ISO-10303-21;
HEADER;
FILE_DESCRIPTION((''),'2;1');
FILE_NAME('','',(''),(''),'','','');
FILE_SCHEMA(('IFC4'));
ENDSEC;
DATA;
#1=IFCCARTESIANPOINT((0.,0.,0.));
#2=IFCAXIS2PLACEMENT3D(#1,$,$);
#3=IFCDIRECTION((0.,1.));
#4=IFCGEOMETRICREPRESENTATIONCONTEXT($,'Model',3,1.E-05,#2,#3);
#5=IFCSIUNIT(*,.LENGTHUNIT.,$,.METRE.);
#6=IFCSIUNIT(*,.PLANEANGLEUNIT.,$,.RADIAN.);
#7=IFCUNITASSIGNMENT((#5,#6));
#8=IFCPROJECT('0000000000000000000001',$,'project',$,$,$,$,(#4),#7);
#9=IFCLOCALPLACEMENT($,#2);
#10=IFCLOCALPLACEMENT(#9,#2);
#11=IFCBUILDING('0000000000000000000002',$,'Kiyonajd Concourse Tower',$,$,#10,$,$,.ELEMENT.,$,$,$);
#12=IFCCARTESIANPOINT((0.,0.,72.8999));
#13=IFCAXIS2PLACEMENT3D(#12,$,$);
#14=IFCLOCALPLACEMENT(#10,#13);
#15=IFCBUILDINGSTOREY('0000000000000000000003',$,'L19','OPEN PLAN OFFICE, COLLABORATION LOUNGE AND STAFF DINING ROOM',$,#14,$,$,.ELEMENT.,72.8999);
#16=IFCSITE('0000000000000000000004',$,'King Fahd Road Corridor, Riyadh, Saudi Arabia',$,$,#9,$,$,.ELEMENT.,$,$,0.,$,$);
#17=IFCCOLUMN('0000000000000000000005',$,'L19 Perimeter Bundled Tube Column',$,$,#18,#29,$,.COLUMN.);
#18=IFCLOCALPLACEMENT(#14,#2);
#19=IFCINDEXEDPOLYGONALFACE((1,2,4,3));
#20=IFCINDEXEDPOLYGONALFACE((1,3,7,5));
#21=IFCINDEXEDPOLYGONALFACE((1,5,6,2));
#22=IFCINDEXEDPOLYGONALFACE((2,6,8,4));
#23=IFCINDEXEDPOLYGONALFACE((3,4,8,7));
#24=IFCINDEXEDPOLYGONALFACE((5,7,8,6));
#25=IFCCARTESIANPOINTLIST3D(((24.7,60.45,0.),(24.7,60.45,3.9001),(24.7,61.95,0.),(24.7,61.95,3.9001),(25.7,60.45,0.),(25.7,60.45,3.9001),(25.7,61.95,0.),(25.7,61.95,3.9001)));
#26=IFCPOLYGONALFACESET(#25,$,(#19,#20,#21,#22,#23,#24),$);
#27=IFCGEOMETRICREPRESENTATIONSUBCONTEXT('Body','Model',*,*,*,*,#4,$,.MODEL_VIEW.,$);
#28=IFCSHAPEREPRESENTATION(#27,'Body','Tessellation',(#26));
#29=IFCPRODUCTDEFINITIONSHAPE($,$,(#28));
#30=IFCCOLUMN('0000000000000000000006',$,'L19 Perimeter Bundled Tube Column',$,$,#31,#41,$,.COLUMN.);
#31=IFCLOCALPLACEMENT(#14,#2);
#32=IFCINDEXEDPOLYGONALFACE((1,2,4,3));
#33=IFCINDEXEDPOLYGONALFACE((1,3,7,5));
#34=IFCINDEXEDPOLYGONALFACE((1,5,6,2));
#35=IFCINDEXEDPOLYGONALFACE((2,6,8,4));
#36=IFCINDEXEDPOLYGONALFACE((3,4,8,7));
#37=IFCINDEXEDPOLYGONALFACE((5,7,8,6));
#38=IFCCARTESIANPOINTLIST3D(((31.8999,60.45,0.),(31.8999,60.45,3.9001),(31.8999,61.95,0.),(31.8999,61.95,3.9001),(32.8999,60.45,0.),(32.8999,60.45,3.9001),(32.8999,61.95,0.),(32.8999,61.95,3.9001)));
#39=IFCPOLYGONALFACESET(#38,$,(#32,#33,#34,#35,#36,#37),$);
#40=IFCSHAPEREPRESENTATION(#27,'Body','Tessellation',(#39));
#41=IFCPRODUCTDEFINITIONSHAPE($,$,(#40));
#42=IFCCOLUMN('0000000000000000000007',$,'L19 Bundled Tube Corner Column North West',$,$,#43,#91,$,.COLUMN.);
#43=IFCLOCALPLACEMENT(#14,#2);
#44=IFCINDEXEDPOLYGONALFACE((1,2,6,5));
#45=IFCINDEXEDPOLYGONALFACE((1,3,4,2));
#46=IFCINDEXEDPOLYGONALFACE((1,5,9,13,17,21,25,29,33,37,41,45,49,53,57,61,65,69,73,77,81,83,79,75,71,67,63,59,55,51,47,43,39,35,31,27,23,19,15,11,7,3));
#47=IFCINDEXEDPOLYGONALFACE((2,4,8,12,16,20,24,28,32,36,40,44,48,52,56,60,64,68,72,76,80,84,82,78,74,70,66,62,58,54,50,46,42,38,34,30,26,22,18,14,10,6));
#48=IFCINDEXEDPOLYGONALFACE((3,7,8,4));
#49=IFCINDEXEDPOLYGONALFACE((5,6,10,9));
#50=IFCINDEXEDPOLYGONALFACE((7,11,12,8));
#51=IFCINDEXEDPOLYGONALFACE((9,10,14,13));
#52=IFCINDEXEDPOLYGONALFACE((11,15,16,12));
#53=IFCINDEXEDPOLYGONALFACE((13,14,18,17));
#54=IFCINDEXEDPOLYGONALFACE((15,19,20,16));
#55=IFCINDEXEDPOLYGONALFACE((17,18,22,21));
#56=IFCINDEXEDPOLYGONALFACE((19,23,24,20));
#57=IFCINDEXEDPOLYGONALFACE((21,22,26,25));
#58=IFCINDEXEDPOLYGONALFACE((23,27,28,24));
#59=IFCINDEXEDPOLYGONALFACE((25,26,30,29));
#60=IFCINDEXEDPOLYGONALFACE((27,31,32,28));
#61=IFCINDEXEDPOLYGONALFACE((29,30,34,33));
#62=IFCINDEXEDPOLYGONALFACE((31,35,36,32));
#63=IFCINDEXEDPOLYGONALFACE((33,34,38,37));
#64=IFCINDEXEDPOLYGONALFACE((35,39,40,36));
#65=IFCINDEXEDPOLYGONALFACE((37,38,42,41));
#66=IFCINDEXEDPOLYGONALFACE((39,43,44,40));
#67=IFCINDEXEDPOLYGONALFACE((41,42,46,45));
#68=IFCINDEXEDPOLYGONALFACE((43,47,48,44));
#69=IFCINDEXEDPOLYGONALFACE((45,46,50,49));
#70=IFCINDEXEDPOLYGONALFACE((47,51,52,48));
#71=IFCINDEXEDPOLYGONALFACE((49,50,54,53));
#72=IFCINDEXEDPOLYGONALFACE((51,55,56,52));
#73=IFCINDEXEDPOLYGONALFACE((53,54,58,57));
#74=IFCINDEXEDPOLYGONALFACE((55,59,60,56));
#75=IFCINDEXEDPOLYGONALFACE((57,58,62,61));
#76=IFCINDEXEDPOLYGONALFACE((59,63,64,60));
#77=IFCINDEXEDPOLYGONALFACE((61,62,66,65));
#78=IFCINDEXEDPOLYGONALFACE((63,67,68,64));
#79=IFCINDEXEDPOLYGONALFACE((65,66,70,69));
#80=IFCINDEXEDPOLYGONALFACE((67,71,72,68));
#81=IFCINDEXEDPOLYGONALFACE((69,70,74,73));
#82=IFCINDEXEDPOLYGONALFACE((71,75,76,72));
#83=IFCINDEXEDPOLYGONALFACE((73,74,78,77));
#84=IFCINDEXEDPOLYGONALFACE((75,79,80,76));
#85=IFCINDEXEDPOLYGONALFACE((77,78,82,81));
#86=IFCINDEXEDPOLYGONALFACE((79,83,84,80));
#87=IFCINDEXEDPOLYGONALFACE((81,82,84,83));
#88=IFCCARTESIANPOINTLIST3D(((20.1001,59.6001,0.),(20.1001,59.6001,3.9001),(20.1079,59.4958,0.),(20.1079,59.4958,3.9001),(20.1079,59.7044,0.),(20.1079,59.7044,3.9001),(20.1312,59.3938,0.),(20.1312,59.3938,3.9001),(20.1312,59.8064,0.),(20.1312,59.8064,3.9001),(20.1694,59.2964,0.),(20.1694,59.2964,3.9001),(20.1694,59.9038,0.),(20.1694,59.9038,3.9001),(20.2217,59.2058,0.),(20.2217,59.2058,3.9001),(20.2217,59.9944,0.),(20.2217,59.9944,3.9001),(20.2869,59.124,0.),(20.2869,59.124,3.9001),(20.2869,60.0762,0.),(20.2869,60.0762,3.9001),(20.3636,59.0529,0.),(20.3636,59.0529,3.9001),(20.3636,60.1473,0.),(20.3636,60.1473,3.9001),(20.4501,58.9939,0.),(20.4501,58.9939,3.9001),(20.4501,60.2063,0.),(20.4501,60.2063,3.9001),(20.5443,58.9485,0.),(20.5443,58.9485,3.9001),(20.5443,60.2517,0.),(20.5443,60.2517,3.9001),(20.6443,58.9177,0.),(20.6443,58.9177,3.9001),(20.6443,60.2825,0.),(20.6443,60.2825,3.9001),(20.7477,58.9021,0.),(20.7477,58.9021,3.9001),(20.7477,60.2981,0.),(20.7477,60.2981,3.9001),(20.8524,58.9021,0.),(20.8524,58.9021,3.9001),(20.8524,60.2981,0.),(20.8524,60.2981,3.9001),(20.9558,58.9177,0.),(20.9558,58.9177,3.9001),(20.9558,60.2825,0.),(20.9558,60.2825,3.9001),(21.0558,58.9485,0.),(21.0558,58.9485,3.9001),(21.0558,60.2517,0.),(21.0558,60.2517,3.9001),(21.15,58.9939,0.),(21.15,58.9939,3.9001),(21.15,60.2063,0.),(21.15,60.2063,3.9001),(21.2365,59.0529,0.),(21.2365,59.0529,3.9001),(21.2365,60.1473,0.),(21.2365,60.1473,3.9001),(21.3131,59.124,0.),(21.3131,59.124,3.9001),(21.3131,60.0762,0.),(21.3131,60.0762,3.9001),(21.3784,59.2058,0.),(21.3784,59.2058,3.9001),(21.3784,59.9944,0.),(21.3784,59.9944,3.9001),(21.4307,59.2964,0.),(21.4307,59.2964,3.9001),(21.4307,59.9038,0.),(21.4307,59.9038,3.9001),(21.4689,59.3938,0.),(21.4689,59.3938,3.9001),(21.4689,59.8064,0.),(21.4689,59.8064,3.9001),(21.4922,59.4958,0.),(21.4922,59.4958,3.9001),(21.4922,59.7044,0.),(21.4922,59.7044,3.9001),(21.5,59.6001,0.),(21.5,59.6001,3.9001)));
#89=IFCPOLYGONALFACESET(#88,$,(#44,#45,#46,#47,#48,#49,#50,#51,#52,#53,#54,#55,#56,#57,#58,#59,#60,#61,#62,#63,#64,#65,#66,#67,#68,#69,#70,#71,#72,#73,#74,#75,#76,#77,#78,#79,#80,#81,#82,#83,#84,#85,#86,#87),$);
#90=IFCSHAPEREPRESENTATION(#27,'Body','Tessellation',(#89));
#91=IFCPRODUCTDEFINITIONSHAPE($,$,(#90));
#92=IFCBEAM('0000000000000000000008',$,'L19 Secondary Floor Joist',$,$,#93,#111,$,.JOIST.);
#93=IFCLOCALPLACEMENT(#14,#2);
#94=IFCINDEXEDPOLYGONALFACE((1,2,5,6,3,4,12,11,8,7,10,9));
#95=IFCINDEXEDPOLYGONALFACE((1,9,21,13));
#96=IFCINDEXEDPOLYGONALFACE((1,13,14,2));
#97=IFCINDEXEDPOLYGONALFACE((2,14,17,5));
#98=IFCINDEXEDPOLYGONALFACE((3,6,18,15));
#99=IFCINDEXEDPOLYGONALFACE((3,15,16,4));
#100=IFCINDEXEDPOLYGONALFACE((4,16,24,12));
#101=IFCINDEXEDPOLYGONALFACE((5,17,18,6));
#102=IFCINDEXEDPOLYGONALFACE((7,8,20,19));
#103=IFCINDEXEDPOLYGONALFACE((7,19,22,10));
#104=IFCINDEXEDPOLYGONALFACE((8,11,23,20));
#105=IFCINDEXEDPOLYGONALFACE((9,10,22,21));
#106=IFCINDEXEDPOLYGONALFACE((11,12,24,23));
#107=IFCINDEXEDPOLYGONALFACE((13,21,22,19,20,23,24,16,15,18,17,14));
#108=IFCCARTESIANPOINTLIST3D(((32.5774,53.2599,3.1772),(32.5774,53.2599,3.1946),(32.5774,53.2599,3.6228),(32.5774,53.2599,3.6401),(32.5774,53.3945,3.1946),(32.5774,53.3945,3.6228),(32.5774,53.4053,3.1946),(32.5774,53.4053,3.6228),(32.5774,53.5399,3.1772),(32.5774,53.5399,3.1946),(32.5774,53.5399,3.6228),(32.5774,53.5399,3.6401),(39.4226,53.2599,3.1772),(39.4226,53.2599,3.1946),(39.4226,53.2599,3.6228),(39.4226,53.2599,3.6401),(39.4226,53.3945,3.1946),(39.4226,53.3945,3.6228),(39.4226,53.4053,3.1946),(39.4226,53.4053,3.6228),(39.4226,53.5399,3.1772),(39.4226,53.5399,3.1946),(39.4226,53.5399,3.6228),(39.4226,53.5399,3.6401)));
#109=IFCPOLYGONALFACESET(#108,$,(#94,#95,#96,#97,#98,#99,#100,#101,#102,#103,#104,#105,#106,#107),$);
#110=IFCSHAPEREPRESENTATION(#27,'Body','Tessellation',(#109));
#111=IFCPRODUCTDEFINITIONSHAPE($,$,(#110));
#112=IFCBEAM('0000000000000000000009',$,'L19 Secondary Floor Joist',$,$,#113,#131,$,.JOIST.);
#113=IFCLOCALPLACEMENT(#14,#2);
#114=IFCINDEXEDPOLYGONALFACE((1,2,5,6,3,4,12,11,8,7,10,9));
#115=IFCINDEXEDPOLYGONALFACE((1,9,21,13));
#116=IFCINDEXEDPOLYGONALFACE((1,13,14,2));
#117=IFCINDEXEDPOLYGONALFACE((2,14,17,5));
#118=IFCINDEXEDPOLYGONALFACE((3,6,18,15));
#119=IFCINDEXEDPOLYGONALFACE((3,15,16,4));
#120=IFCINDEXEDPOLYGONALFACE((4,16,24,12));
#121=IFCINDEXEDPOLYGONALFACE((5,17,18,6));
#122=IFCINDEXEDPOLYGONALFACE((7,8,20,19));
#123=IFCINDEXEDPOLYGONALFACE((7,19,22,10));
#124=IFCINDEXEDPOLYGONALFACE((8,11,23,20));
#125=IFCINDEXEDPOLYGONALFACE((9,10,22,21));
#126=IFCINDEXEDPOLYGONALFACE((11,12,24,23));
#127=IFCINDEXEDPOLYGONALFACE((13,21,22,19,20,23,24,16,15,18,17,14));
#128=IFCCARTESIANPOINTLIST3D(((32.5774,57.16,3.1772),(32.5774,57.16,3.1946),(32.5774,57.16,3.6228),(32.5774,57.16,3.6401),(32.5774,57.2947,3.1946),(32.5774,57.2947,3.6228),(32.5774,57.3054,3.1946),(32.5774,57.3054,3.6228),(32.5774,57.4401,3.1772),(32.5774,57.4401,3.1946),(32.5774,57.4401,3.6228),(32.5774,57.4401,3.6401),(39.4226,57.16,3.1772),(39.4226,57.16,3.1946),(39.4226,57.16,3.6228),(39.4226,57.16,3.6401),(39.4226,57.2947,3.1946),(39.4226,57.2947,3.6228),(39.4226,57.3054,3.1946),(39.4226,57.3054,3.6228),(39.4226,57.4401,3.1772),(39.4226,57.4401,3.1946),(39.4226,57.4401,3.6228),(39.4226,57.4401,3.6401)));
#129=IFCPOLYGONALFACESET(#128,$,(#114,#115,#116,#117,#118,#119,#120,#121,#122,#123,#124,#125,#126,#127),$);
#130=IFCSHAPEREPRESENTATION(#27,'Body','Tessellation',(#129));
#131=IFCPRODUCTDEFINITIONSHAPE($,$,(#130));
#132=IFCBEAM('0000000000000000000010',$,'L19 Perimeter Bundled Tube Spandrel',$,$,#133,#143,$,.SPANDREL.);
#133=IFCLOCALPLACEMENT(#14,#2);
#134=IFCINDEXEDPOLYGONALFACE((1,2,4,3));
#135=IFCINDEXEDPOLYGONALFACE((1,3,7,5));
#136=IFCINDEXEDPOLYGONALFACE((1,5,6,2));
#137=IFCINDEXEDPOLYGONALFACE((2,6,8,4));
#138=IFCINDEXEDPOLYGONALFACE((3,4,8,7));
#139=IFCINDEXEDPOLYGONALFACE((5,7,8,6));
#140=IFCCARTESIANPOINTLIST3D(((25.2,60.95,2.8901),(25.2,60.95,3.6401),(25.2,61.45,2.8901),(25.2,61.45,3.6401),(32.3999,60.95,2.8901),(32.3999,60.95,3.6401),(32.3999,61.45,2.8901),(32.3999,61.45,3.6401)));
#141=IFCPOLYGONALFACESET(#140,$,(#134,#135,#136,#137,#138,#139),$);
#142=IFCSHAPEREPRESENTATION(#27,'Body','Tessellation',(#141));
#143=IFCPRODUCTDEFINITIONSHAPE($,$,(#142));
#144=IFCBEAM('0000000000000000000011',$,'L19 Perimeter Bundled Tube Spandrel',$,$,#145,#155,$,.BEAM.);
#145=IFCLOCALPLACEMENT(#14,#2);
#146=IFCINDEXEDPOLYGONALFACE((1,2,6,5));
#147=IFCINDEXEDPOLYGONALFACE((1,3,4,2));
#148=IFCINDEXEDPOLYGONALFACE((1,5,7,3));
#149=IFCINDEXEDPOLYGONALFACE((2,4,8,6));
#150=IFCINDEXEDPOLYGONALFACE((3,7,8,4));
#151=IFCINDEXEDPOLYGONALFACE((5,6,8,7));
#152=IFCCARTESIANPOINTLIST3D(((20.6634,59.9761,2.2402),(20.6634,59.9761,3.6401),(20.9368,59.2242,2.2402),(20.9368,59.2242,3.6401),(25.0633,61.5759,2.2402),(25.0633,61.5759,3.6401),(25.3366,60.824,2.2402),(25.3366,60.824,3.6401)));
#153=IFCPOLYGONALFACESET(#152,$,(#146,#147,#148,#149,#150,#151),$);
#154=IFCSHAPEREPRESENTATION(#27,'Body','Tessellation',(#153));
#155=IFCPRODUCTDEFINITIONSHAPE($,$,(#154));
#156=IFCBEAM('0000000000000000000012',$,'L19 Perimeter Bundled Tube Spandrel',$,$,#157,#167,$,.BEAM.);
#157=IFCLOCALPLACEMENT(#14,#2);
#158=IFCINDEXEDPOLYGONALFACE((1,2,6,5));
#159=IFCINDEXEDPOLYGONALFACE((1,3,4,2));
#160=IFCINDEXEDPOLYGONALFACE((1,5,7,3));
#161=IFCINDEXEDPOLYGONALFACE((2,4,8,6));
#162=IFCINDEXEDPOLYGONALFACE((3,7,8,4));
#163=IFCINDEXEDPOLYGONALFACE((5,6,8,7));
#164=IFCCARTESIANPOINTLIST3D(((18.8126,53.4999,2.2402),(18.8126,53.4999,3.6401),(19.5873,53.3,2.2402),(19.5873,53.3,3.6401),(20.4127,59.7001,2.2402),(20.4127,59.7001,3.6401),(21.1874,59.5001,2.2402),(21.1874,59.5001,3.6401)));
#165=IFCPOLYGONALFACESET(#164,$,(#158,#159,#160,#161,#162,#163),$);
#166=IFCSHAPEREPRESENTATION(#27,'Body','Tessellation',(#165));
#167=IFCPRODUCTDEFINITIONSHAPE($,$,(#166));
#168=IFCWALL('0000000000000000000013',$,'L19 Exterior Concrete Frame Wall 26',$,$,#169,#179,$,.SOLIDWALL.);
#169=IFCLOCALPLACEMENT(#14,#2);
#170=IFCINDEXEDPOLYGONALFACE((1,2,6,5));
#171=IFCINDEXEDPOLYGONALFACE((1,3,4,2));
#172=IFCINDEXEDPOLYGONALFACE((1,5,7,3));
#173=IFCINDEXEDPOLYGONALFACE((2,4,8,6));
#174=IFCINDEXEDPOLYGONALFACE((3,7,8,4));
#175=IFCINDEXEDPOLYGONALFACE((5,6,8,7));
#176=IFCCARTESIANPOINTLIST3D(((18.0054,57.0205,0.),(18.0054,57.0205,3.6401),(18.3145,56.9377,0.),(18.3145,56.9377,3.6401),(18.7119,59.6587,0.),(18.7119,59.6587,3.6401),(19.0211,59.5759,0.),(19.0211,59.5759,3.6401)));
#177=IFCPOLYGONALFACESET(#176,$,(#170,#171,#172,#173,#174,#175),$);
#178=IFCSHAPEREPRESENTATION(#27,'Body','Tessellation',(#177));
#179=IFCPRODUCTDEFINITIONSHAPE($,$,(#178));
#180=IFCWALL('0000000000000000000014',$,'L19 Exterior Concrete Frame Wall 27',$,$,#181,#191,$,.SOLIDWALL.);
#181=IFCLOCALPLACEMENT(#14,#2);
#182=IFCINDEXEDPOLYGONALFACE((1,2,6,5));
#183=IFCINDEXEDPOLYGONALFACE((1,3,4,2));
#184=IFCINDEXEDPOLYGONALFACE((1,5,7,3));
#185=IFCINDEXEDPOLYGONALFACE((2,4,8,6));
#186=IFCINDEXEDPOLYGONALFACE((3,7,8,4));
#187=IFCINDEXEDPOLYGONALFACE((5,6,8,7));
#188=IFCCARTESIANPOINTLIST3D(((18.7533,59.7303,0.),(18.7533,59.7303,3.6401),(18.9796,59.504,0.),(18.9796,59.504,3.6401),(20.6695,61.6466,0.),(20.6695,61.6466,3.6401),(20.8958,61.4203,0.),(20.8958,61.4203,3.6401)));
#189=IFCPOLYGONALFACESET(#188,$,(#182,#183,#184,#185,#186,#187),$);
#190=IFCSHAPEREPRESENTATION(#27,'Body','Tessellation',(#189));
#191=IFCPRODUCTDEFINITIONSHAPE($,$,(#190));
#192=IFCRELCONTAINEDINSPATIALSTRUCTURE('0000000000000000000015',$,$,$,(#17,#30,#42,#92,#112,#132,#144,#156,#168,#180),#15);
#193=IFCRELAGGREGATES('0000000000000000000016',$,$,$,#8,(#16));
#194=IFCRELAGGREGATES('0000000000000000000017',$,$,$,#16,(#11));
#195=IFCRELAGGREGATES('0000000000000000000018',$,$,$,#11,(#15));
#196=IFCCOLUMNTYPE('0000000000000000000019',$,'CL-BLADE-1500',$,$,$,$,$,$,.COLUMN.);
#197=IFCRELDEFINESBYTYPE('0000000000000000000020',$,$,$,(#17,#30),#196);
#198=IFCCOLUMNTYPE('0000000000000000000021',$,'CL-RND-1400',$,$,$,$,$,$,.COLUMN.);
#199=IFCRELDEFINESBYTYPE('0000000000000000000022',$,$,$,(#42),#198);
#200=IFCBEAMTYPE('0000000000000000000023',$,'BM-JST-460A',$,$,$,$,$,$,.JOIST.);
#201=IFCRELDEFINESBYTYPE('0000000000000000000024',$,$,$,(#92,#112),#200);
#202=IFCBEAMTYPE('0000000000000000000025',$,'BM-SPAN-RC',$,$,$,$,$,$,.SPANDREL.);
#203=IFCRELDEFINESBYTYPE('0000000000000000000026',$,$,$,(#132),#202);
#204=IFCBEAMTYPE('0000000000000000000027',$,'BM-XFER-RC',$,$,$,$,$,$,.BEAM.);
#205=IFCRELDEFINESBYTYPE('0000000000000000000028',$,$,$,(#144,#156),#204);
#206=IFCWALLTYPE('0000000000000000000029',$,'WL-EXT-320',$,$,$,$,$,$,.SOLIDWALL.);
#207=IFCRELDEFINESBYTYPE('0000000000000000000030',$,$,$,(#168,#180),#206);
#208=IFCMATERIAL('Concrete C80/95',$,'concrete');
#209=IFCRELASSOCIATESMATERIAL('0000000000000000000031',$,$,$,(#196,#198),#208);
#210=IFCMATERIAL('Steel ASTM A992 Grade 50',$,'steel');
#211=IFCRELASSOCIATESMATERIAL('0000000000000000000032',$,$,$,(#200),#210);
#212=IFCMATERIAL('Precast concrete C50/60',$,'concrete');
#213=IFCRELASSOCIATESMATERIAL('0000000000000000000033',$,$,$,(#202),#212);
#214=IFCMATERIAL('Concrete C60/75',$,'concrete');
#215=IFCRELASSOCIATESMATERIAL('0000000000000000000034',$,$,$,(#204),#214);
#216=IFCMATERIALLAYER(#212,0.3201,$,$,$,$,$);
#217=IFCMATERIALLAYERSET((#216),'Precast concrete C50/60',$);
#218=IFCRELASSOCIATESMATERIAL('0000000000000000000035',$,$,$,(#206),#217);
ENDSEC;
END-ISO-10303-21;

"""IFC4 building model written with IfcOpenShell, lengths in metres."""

from ifc_helpers import new_model, si_unit, direction, frame, frame_2d, origin, origin_2d, place, context, subcontext, project, spatial, rectangle, circle, i_section, extrude, material, layer, layer_set, material_profile, profile_set, type_object, element, save


model = new_model("IFC4")

# Units and contexts
model_context = context("Model", 3, precision=1e-05, world=origin(), true_north=direction((0.0, 1.0)))
body_context = subcontext(model_context, "Body", "Model", "MODEL_VIEW")
ifc_project = project(units=[si_unit("LENGTHUNIT", "METRE"), si_unit("PLANEANGLEUNIT", "RADIAN")], contexts=[model_context])

# Site, building, storey
site_placement = place(None, origin())
site = spatial("IfcSite", under=ifc_project, at=site_placement, Name="King Fahd Road Corridor, Riyadh, Saudi Arabia", CompositionType="ELEMENT", RefElevation=0.0)
building_placement = place(site_placement, origin())
building = spatial("IfcBuilding", under=site, at=building_placement, Name="Kiyonajd Concourse Tower", CompositionType="ELEMENT")
storey_placement = place(building_placement, frame((0.0, 0.0, 72.8999)))
storey = spatial("IfcBuildingStorey", under=building, at=storey_placement, Name="L19", Description="OPEN PLAN OFFICE, COLLABORATION LOUNGE AND STAFF DINING ROOM", CompositionType="ELEMENT", Elevation=72.8999)

# Columns
ifc_material_1 = material(Name="Concrete C80/95", Category="concrete")
ifc_material_profile_1 = material_profile(ifc_material_1, rectangle(XDim=1.0, YDim=1.5, at=origin_2d()), Name="RC-1500x1000")
ifc_profile_set_1 = profile_set([ifc_material_profile_1], Name="Concrete C80/95")
column_type_1 = type_object("IfcColumnType", Name="CL-BLADE-1500", PredefinedType="COLUMN", material=ifc_profile_set_1)
for number, where, z_axis, x_axis, name in (
    (1, (25.2, 61.2, 0.0), (0.0, 0.0, 1.0), (1.0, 0.0, 0.0), "L19 Perimeter Bundled Tube Column"),
    (2, (32.3999, 61.2, 0.0), (0.0, 0.0, 1.0), (1.0, 0.0, 0.0), "L19 Perimeter Bundled Tube Column"),
):
    element("IfcColumn", number, at=place(storey_placement, frame(where, z_axis=z_axis, x_axis=x_axis)), inside=storey, type_object=column_type_1, Name=name, PredefinedType="COLUMN", context=body_context, shape_type="SweptSolid", body=[
        extrude(rectangle(XDim=1.0, YDim=1.5, at=origin_2d()), origin(), (0.0, 0.0, 1.0), 3.9001),
    ])
ifc_material_profile_2 = material_profile(ifc_material_1, circle(Radius=0.7, at=origin_2d()), Name="RCC-D1400")
ifc_profile_set_2 = profile_set([ifc_material_profile_2], Name="Concrete C80/95")
column_type_2 = type_object("IfcColumnType", Name="CL-RND-1400", PredefinedType="COLUMN", material=ifc_profile_set_2)
column_placement = place(storey_placement, frame((20.8, 59.6001, 0.0), z_axis=(0.0, 0.0, 1.0), x_axis=(1.0, 0.0, 0.0)))
element("IfcColumn", 3, at=column_placement, inside=storey, type_object=column_type_2, Name="L19 Bundled Tube Corner Column North West", PredefinedType="COLUMN", context=body_context, shape_type="SweptSolid", body=[
    extrude(circle(Radius=0.7, at=origin_2d()), origin(), (0.0, 0.0, 1.0), 3.9001),
])

# Beams
ifc_material_2 = material(Name="Steel ASTM A992 Grade 50", Category="steel")
ifc_material_profile_3 = material_profile(ifc_material_2, i_section(OverallWidth=0.28, OverallDepth=0.4629, WebThickness=0.0107, FlangeThickness=0.0173, at=origin_2d()), Name="W460X113")
ifc_profile_set_3 = profile_set([ifc_material_profile_3], Name="Steel ASTM A992 Grade 50")
beam_type_1 = type_object("IfcBeamType", Name="BM-JST-460A", PredefinedType="JOIST", material=ifc_profile_set_3)
for number, where, z_axis, x_axis, name in (
    (4, (32.5774, 53.3999, 3.4087), (1.0, 0.0, 0.0), (0.0, 1.0, 0.0), "L19 Secondary Floor Joist"),
    (5, (32.5774, 57.3, 3.4087), (1.0, 0.0, 0.0), (0.0, 1.0, 0.0), "L19 Secondary Floor Joist"),
):
    element("IfcBeam", number, at=place(storey_placement, frame(where, z_axis=z_axis, x_axis=x_axis)), inside=storey, type_object=beam_type_1, Name=name, PredefinedType="JOIST", context=body_context, shape_type="SweptSolid", body=[
        extrude(i_section(OverallWidth=0.28, OverallDepth=0.4629, WebThickness=0.0107, FlangeThickness=0.0173, at=origin_2d()), origin(), (0.0, 0.0, 1.0), 6.8452),
    ])
ifc_material_3 = material(Name="Precast concrete C50/60", Category="concrete")
ifc_material_profile_4 = material_profile(ifc_material_3, rectangle(XDim=0.5, YDim=0.75, at=origin_2d()), Name="RCBM-500x750")
ifc_profile_set_4 = profile_set([ifc_material_profile_4], Name="Precast concrete C50/60")
beam_type_2 = type_object("IfcBeamType", Name="BM-SPAN-RC", PredefinedType="SPANDREL", material=ifc_profile_set_4)
beam_1_placement = place(storey_placement, frame((32.3999, 61.2, 3.2651), z_axis=(-1.0, 0.0, 0.0), x_axis=(0.0, -1.0, 0.0)))
element("IfcBeam", 6, at=beam_1_placement, inside=storey, type_object=beam_type_2, Name="L19 Perimeter Bundled Tube Spandrel", PredefinedType="SPANDREL", context=body_context, shape_type="SweptSolid", body=[
    extrude(rectangle(XDim=0.5, YDim=0.75, at=origin_2d()), origin(), (0.0, 0.0, 1.0), 7.2),
])
ifc_material_4 = material(Name="Concrete C60/75", Category="concrete")
ifc_material_profile_5 = material_profile(ifc_material_4, rectangle(XDim=0.8, YDim=1.3999, at=origin_2d()), Name="RCBM-800x1400")
ifc_profile_set_5 = profile_set([ifc_material_profile_5], Name="Concrete C60/75")
beam_type_3 = type_object("IfcBeamType", Name="BM-XFER-RC", PredefinedType="BEAM", material=ifc_profile_set_5)
beam_2_placement = place(storey_placement, frame((25.2, 61.2, 2.9402), z_axis=(-0.939801, -0.341722, 0.0), x_axis=(0.341722, -0.939801, 0.0)))
element("IfcBeam", 7, at=beam_2_placement, inside=storey, type_object=beam_type_3, Name="L19 Perimeter Bundled Tube Spandrel", PredefinedType="BEAM", context=body_context, shape_type="SweptSolid", body=[
    extrude(rectangle(XDim=0.8, YDim=1.3999, at=origin_2d()), origin(), (0.0, 0.0, 1.0), 4.6816),
])
beam_3_placement = place(storey_placement, frame((20.8, 59.6001, 2.9402), z_axis=(-0.249885, -0.968276, 0.0), x_axis=(0.968276, -0.249885, 0.0)))
element("IfcBeam", 8, at=beam_3_placement, inside=storey, type_object=beam_type_3, Name="L19 Perimeter Bundled Tube Spandrel", PredefinedType="BEAM", context=body_context, shape_type="SweptSolid", body=[
    extrude(rectangle(XDim=0.8, YDim=1.3999, at=origin_2d()), origin(), (0.0, 0.0, 1.0), 6.4033),
])

# Walls
ifc_layer = layer(ifc_material_3, 0.3201)
ifc_layer_set = layer_set([ifc_layer], Name="Precast concrete C50/60")
wall_type = type_object("IfcWallType", Name="WL-EXT-320", PredefinedType="SOLIDWALL", material=ifc_layer_set)
wall_1_placement = place(storey_placement, frame((18.1599, 56.979, 0.0), z_axis=(0.0, 0.0, 1.0), x_axis=(0.258697, 0.965958, 0.0)))
element("IfcWall", 9, at=wall_1_placement, inside=storey, type_object=wall_type, Name="L19 Exterior Concrete Frame Wall 26", PredefinedType="SOLIDWALL", context=body_context, shape_type="SweptSolid", body=[
    extrude(rectangle(XDim=2.7312, YDim=0.3201, at=frame_2d((1.3657, 0.0))), origin(), (0.0, 0.0, 1.0), 3.6401),
])
wall_2_placement = place(storey_placement, frame((18.8665, 59.6172, 0.0), z_axis=(0.0, 0.0, 1.0), x_axis=(0.707107, 0.707107, 0.0)))
element("IfcWall", 10, at=wall_2_placement, inside=storey, type_object=wall_type, Name="L19 Exterior Concrete Frame Wall 27", PredefinedType="SOLIDWALL", context=body_context, shape_type="SweptSolid", body=[
    extrude(rectangle(XDim=2.71, YDim=0.3201, at=frame_2d((1.355, 0.0))), origin(), (0.0, 0.0, 1.0), 3.6401),
])

save(model, "model.ifc")
